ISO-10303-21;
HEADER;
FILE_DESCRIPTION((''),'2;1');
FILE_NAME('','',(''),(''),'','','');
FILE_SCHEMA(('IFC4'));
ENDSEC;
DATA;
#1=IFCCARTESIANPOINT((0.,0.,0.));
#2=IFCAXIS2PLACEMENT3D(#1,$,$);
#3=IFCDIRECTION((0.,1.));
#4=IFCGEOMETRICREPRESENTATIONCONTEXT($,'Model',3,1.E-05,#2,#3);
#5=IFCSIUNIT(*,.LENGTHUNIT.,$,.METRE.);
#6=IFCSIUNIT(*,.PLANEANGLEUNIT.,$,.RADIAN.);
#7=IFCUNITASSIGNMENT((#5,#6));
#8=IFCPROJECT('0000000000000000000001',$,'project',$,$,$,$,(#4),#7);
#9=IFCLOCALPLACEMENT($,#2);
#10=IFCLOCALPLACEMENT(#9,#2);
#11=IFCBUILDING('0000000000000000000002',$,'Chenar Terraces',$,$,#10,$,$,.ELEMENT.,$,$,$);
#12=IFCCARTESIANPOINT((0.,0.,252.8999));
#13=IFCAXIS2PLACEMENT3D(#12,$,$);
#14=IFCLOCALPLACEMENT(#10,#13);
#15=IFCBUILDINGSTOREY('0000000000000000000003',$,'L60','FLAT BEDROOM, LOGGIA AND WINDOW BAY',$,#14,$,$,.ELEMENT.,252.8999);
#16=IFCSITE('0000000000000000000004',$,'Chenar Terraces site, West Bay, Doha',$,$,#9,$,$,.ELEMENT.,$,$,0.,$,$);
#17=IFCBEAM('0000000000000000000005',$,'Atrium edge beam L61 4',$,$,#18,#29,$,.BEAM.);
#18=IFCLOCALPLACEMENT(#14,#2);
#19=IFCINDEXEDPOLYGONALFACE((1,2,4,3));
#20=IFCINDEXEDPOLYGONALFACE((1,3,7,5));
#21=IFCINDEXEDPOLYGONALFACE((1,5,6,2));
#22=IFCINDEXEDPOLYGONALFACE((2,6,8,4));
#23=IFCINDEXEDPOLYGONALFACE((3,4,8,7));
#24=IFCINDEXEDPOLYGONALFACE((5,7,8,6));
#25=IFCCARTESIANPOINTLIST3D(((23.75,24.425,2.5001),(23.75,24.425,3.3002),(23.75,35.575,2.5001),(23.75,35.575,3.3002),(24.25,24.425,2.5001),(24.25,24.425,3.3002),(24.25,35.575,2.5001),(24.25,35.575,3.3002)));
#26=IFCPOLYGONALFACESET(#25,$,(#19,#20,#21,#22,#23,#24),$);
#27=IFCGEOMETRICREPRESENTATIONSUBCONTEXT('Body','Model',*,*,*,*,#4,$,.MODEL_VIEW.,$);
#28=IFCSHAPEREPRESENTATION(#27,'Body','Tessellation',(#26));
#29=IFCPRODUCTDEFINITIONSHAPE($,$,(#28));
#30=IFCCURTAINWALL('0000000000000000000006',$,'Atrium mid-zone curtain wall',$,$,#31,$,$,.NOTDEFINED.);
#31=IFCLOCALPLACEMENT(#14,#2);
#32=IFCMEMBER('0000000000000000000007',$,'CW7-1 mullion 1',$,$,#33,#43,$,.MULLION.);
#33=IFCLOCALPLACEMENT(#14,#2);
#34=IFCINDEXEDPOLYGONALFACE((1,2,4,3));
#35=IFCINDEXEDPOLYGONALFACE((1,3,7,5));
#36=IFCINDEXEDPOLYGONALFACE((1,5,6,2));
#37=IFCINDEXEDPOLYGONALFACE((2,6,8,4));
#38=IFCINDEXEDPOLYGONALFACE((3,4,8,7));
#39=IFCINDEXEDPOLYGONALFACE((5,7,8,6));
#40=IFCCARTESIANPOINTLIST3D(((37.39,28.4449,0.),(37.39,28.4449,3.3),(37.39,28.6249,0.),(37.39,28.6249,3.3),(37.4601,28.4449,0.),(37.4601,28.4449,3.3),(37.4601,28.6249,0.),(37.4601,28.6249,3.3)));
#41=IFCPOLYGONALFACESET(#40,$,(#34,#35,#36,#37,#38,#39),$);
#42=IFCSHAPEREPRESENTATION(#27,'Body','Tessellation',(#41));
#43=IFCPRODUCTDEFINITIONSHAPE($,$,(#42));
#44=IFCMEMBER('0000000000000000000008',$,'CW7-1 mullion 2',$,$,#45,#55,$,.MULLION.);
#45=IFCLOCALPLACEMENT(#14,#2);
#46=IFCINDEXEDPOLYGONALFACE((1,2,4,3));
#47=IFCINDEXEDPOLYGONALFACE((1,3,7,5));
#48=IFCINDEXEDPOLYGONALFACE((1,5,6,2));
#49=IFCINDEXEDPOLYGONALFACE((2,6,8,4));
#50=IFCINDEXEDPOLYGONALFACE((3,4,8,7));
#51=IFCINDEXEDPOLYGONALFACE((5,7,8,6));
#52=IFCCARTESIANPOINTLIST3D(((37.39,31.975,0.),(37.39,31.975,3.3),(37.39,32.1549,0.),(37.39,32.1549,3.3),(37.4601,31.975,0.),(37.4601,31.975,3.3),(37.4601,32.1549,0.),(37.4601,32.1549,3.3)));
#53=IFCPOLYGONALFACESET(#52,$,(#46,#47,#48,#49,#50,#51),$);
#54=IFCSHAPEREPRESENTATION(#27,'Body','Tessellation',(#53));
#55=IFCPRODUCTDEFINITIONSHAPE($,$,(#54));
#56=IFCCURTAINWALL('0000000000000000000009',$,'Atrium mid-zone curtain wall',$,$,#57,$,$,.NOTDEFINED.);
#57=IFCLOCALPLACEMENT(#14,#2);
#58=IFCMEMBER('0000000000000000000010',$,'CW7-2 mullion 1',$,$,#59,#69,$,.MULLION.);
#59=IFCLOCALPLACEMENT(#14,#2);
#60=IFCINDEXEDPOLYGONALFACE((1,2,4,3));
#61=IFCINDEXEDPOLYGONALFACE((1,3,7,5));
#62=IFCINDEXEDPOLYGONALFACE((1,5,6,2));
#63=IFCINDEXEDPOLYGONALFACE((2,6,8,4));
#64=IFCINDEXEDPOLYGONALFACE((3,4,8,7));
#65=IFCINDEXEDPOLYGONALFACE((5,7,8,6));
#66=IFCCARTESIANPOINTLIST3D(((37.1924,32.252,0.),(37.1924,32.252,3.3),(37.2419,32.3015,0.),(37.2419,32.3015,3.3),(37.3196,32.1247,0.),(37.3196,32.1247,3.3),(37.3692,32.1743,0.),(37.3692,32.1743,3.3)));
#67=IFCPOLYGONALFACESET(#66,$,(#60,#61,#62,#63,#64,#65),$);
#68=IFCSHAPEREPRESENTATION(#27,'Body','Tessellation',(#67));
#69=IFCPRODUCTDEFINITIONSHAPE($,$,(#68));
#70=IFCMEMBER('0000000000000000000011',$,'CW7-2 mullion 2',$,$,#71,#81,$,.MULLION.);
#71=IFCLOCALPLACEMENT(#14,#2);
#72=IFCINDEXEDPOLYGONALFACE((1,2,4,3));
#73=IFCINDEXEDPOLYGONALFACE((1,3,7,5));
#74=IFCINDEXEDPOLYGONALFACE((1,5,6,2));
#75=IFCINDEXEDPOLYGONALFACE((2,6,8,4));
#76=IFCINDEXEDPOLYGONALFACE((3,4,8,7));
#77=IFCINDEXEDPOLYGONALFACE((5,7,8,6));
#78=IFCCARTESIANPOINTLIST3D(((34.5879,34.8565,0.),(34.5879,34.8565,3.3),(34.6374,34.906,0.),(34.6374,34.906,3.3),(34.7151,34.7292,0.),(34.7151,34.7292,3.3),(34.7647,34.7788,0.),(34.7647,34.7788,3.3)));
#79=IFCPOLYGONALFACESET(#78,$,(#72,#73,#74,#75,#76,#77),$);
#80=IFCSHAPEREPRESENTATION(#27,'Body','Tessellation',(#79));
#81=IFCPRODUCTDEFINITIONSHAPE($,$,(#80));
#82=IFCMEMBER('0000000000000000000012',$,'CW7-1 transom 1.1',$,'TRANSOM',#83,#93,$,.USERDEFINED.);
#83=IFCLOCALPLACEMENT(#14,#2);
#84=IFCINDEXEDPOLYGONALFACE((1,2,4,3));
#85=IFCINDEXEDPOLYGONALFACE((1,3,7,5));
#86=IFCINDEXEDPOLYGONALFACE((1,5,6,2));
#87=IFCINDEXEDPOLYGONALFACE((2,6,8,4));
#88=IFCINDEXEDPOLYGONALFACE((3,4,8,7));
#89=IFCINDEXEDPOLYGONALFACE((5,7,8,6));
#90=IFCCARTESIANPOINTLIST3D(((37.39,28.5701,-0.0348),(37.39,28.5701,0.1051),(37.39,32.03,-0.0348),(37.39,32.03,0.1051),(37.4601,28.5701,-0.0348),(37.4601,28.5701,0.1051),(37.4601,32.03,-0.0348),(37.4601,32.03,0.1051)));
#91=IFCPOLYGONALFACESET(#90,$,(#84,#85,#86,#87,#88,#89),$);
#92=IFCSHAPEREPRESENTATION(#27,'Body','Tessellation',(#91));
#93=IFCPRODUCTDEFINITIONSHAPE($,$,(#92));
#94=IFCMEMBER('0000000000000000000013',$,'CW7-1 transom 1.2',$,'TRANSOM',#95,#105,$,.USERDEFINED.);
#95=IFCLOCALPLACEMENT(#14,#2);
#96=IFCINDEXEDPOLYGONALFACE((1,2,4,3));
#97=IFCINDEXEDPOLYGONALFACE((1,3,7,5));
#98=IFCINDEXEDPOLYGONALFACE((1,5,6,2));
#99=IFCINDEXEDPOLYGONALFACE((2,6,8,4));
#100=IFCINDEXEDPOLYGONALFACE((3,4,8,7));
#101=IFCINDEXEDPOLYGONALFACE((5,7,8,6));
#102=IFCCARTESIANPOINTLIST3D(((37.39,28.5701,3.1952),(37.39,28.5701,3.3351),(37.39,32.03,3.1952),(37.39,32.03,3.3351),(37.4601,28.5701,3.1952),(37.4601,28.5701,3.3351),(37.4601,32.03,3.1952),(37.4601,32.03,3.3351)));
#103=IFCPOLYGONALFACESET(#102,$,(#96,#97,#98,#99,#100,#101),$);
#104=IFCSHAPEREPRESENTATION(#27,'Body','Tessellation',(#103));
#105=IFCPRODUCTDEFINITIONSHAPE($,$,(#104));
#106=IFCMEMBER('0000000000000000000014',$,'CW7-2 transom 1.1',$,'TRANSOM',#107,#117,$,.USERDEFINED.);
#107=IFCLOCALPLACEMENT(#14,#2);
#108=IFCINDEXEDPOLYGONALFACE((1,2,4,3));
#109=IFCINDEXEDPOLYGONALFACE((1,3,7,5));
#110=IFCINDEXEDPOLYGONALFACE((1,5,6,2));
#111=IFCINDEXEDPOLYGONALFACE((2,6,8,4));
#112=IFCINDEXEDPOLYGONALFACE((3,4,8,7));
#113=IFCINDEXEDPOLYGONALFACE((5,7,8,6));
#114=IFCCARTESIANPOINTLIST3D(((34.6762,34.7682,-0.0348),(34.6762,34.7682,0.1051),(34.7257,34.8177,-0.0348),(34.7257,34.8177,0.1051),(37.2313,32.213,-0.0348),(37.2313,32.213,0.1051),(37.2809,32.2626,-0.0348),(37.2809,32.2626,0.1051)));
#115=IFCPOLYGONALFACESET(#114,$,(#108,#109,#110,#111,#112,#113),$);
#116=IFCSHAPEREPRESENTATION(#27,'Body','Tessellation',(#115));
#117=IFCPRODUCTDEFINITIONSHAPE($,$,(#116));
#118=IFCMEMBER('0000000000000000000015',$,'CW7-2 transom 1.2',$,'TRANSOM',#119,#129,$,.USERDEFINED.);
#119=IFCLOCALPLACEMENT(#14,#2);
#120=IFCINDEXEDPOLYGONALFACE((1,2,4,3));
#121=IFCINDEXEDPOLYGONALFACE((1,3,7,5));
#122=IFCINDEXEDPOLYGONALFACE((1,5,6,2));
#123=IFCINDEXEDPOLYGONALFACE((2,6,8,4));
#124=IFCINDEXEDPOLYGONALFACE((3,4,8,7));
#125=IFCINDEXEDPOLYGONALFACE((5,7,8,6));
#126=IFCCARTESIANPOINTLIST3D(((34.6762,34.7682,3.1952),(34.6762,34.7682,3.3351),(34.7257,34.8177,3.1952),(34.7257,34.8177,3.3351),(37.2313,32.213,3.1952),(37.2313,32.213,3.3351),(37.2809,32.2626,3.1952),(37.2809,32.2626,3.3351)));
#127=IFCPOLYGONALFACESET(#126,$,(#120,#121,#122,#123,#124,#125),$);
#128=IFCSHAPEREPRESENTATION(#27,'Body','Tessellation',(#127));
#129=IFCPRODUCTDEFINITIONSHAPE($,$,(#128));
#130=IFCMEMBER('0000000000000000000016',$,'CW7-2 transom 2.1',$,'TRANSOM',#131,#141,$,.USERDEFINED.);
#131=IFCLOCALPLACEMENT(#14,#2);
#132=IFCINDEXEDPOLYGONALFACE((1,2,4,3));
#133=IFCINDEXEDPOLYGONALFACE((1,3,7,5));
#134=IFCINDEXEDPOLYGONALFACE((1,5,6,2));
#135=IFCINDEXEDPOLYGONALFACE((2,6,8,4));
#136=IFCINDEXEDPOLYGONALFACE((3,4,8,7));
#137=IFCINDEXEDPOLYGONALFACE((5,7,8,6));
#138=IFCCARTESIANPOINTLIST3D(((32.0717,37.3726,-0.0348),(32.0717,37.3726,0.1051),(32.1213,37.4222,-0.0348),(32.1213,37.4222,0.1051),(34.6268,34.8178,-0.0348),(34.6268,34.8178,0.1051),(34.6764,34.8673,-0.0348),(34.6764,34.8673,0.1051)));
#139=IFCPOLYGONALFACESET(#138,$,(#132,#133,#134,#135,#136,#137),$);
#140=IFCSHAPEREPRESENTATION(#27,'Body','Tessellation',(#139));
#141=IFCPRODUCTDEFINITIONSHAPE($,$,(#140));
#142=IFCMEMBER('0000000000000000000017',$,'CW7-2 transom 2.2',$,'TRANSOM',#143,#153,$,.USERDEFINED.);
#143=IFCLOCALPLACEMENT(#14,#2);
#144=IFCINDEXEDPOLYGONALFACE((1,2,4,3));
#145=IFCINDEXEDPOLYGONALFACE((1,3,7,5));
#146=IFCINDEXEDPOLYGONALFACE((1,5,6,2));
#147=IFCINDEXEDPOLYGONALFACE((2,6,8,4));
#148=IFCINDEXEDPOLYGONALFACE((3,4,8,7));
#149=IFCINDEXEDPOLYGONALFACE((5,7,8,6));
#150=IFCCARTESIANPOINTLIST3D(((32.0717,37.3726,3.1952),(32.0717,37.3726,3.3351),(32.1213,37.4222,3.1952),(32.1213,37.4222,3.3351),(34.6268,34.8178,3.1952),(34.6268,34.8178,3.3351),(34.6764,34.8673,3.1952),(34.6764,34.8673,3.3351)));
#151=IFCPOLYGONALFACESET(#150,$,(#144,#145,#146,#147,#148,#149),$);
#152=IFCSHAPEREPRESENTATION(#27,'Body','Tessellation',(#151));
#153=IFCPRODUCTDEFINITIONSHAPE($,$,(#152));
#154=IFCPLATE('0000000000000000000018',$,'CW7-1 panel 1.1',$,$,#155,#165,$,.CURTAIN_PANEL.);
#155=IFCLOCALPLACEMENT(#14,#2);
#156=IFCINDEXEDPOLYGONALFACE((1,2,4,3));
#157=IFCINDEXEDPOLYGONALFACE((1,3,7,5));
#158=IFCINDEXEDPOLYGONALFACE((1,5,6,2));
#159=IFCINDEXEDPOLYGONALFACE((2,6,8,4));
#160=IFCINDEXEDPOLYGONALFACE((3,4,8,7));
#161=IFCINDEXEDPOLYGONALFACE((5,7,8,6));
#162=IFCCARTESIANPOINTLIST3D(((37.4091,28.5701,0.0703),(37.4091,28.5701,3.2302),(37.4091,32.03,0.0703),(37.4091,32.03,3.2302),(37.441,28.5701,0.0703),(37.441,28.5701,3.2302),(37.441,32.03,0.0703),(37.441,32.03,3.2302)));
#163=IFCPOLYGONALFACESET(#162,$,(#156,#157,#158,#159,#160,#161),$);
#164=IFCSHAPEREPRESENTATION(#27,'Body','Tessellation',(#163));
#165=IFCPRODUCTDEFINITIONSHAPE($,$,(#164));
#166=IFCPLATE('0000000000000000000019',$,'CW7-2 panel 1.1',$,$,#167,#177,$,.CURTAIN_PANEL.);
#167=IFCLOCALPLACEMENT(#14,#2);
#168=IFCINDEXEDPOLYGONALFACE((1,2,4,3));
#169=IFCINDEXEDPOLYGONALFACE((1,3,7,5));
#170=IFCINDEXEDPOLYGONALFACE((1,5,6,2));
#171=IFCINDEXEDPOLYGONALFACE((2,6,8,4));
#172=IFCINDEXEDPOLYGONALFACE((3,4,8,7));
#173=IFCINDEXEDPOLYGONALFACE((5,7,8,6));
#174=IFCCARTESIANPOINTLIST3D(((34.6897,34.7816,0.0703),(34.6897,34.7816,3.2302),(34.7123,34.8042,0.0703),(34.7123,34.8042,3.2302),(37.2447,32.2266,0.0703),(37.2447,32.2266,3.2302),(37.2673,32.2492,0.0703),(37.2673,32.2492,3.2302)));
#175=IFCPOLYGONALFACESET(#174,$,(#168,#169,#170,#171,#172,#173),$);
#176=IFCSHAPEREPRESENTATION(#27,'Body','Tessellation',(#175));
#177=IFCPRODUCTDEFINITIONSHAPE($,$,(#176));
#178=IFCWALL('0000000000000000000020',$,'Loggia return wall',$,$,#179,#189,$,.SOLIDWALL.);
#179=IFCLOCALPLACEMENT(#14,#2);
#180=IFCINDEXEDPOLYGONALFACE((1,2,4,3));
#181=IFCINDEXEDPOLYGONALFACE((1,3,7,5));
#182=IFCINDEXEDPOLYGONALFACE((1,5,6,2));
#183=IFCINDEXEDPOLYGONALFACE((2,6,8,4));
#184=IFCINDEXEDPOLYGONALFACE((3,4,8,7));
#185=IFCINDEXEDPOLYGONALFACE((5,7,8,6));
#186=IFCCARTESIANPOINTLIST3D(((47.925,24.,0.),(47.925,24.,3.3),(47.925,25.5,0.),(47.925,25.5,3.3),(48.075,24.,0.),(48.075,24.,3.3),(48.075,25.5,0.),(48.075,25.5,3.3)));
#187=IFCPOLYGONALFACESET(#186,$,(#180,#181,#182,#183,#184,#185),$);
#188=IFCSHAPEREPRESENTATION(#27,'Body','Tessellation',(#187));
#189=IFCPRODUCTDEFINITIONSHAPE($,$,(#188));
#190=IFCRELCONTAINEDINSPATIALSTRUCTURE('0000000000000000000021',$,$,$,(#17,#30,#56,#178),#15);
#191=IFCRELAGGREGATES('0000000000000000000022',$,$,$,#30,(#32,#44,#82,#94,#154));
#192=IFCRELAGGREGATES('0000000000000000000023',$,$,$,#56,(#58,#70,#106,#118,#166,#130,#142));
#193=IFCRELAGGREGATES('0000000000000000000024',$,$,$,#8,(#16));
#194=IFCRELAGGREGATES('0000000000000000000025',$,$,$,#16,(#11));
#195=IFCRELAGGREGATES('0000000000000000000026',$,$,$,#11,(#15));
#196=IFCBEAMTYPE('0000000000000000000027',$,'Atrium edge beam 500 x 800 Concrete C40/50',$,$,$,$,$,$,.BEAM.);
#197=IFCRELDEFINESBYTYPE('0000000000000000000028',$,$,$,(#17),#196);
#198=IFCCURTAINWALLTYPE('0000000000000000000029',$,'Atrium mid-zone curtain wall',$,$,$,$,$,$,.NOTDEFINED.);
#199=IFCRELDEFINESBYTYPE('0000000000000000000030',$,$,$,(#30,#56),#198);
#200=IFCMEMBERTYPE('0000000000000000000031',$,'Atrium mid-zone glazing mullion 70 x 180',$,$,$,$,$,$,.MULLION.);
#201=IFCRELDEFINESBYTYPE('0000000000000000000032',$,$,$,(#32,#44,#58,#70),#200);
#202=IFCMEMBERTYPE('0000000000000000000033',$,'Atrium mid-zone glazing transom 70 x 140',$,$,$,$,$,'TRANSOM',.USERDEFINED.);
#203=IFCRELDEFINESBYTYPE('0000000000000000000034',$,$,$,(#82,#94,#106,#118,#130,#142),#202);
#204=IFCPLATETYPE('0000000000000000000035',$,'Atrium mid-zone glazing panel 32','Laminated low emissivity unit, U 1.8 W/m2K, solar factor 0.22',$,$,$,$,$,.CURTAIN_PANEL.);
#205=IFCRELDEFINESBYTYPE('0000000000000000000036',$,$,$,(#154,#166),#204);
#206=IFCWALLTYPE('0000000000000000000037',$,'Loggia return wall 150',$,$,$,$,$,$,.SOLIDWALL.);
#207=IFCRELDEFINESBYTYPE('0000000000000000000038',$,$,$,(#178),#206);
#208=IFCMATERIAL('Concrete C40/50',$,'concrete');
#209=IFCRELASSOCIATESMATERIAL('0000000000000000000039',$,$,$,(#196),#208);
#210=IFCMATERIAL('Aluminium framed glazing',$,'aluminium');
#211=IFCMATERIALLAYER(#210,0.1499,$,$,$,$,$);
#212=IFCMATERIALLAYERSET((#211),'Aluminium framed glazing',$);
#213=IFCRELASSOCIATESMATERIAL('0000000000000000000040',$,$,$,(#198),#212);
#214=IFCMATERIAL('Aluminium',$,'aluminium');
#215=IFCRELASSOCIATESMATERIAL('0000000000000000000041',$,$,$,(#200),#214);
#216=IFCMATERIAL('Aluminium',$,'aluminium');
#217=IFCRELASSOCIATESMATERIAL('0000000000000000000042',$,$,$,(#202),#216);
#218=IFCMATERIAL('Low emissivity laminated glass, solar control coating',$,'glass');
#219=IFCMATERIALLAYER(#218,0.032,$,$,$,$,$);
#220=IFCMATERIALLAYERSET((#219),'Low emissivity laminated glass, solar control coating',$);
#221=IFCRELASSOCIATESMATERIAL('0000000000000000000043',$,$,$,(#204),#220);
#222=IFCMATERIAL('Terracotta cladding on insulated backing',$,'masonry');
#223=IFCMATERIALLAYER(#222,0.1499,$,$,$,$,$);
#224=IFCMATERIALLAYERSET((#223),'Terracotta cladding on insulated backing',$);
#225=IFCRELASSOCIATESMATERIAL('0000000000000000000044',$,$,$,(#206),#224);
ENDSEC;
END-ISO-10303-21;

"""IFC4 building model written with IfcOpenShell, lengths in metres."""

from ifc_helpers import new_model, si_unit, direction, frame, frame_2d, origin, origin_2d, place, context, subcontext, project, spatial, rectangle, extrude, material, layer, layer_set, material_profile, profile_set, type_object, element, aggregate, save


model = new_model("IFC4")

# Units and contexts
model_context = context("Model", 3, precision=1e-05, world=origin(), true_north=direction((0.0, 1.0)))
body_context = subcontext(model_context, "Body", "Model", "MODEL_VIEW")
ifc_project = project(units=[si_unit("LENGTHUNIT", "METRE"), si_unit("PLANEANGLEUNIT", "RADIAN")], contexts=[model_context])

# Site, building, storey
site_placement = place(None, origin())
site = spatial("IfcSite", under=ifc_project, at=site_placement, Name="Chenar Terraces site, West Bay, Doha", CompositionType="ELEMENT", RefElevation=0.0)
building_placement = place(site_placement, origin())
building = spatial("IfcBuilding", under=site, at=building_placement, Name="Chenar Terraces", CompositionType="ELEMENT")
storey_placement = place(building_placement, frame((0.0, 0.0, 252.8999)))
storey = spatial("IfcBuildingStorey", under=building, at=storey_placement, Name="L60", Description="FLAT BEDROOM, LOGGIA AND WINDOW BAY", CompositionType="ELEMENT", Elevation=252.8999)

# Beam
ifc_material_1 = material(Name="Concrete C40/50", Category="concrete")
ifc_material_profile_1 = material_profile(ifc_material_1, rectangle(XDim=0.5, YDim=0.8, at=origin_2d()), Name="RC 500 x 800")
ifc_profile_set_1 = profile_set([ifc_material_profile_1], Name="Concrete C40/50")
beam_type = type_object("IfcBeamType", Name="Atrium edge beam 500 x 800 Concrete C40/50", PredefinedType="BEAM", material=ifc_profile_set_1)
beam_placement = place(storey_placement, frame((24.0, 35.575, 2.9001), z_axis=(0.0, -1.0, 0.0), x_axis=(1.0, 0.0, 0.0)))
element("IfcBeam", 1, at=beam_placement, inside=storey, type_object=beam_type, Name="Atrium edge beam L61 4", PredefinedType="BEAM", context=body_context, shape_type="SweptSolid", body=[
    extrude(rectangle(XDim=0.5, YDim=0.8, at=origin_2d()), origin(), (0.0, 0.0, 1.0), 11.1499),
])

# Curtain walls, members
ifc_material_2 = material(Name="Aluminium framed glazing", Category="aluminium")
ifc_layer_1 = layer(ifc_material_2, 0.1499)
ifc_layer_set_1 = layer_set([ifc_layer_1], Name="Aluminium framed glazing")
curtain_wall_type = type_object("IfcCurtainWallType", Name="Atrium mid-zone curtain wall", PredefinedType="NOTDEFINED", material=ifc_layer_set_1)
placement = place(storey_placement, origin())
curtain_wall_1 = element("IfcCurtainWall", 2, at=placement, inside=storey, type_object=curtain_wall_type, Name="Atrium mid-zone curtain wall", PredefinedType="NOTDEFINED")
ifc_material_3 = material(Name="Aluminium", Category="aluminium")
ifc_material_profile_2 = material_profile(ifc_material_3, rectangle(XDim=0.0701, YDim=0.1799, at=origin_2d()), Name="Atrium mid-zone glazing mullion 70 x 180")
ifc_profile_set_2 = profile_set([ifc_material_profile_2], Name="Aluminium")
member_type_1 = type_object("IfcMemberType", Name="Atrium mid-zone glazing mullion 70 x 180", PredefinedType="MULLION", material=ifc_profile_set_2)
member_1_placement = place(storey_placement, frame((37.425, 28.5349, 0.0), z_axis=(0.0, 0.0, 1.0), x_axis=(-1.0, 0.0, 0.0)))
member_1 = element("IfcMember", 3, at=member_1_placement, type_object=member_type_1, Name="CW7-1 mullion 1", PredefinedType="MULLION", context=body_context, shape_type="SweptSolid", body=[
    extrude(rectangle(XDim=0.0701, YDim=0.1799, at=origin_2d()), origin(), (0.0, 0.0, 1.0), 3.3),
])
member_2_placement = place(storey_placement, frame((37.425, 32.0649, 0.0), z_axis=(0.0, 0.0, 1.0), x_axis=(-1.0, 0.0, 0.0)))
member_2 = element("IfcMember", 4, at=member_2_placement, type_object=member_type_1, Name="CW7-1 mullion 2", PredefinedType="MULLION", context=body_context, shape_type="SweptSolid", body=[
    extrude(rectangle(XDim=0.0701, YDim=0.1799, at=origin_2d()), origin(), (0.0, 0.0, 1.0), 3.3),
])
curtain_wall_2 = element("IfcCurtainWall", 5, at=placement, inside=storey, type_object=curtain_wall_type, Name="Atrium mid-zone curtain wall", PredefinedType="NOTDEFINED")
member_3_placement = place(storey_placement, frame((37.2808, 32.2131, 0.0), z_axis=(0.0, 0.0, 1.0), x_axis=(-0.707107, -0.707107, 0.0)))
member_3 = element("IfcMember", 6, at=member_3_placement, type_object=member_type_1, Name="CW7-2 mullion 1", PredefinedType="MULLION", context=body_context, shape_type="SweptSolid", body=[
    extrude(rectangle(XDim=0.0701, YDim=0.1799, at=origin_2d()), origin(), (0.0, 0.0, 1.0), 3.3),
])
member_4_placement = place(storey_placement, frame((34.6763, 34.8176, 0.0), z_axis=(0.0, 0.0, 1.0), x_axis=(-0.707107, -0.707107, 0.0)))
member_4 = element("IfcMember", 7, at=member_4_placement, type_object=member_type_1, Name="CW7-2 mullion 2", PredefinedType="MULLION", context=body_context, shape_type="SweptSolid", body=[
    extrude(rectangle(XDim=0.0701, YDim=0.1799, at=origin_2d()), origin(), (0.0, 0.0, 1.0), 3.3),
])

# Members
ifc_material_4 = material(Name="Aluminium", Category="aluminium")
ifc_material_profile_3 = material_profile(ifc_material_4, rectangle(XDim=0.0701, YDim=0.1399, at=origin_2d()), Name="Atrium mid-zone glazing transom 70 x 140")
ifc_profile_set_3 = profile_set([ifc_material_profile_3], Name="Aluminium")
member_type_2 = type_object("IfcMemberType", Name="Atrium mid-zone glazing transom 70 x 140", ElementType="TRANSOM", PredefinedType="USERDEFINED", material=ifc_profile_set_3)
member_5_placement = place(storey_placement, frame((37.425, 28.5701, 0.0352), z_axis=(0.0, 1.0, 0.0), x_axis=(-1.0, 0.0, 0.0)))
member_5 = element("IfcMember", 8, at=member_5_placement, type_object=member_type_2, Name="CW7-1 transom 1.1", ObjectType="TRANSOM", PredefinedType="USERDEFINED", context=body_context, shape_type="SweptSolid", body=[
    extrude(rectangle(XDim=0.0701, YDim=0.1399, at=origin_2d()), origin(), (0.0, 0.0, 1.0), 3.46),
])
member_6_placement = place(storey_placement, frame((37.425, 28.5701, 3.2651), z_axis=(0.0, 1.0, 0.0), x_axis=(-1.0, 0.0, 0.0)))
member_6 = element("IfcMember", 9, at=member_6_placement, type_object=member_type_2, Name="CW7-1 transom 1.2", ObjectType="TRANSOM", PredefinedType="USERDEFINED", context=body_context, shape_type="SweptSolid", body=[
    extrude(rectangle(XDim=0.0701, YDim=0.1399, at=origin_2d()), origin(), (0.0, 0.0, 1.0), 3.46),
])
member_7_placement = place(storey_placement, frame((37.2561, 32.2378, 0.0352), z_axis=(-0.707107, 0.707107, 0.0), x_axis=(-0.707107, -0.707107, 0.0)))
member_7 = element("IfcMember", 10, at=member_7_placement, type_object=member_type_2, Name="CW7-2 transom 1.1", ObjectType="TRANSOM", PredefinedType="USERDEFINED", context=body_context, shape_type="SweptSolid", body=[
    extrude(rectangle(XDim=0.0701, YDim=0.1399, at=origin_2d()), origin(), (0.0, 0.0, 1.0), 3.6135),
])
member_8_placement = place(storey_placement, frame((37.2561, 32.2378, 3.2651), z_axis=(-0.707107, 0.707107, 0.0), x_axis=(-0.707107, -0.707107, 0.0)))
member_8 = element("IfcMember", 11, at=member_8_placement, type_object=member_type_2, Name="CW7-2 transom 1.2", ObjectType="TRANSOM", PredefinedType="USERDEFINED", context=body_context, shape_type="SweptSolid", body=[
    extrude(rectangle(XDim=0.0701, YDim=0.1399, at=origin_2d()), origin(), (0.0, 0.0, 1.0), 3.6135),
])
member_9_placement = place(storey_placement, frame((34.6516, 34.8425, 0.0352), z_axis=(-0.707141, 0.707073, 0.0), x_axis=(-0.707073, -0.707141, 0.0)))
member_9 = element("IfcMember", 12, at=member_9_placement, type_object=member_type_2, Name="CW7-2 transom 2.1", ObjectType="TRANSOM", PredefinedType="USERDEFINED", context=body_context, shape_type="SweptSolid", body=[
    extrude(rectangle(XDim=0.0701, YDim=0.1399, at=origin_2d()), origin(), (0.0, 0.0, 1.0), 3.6133),
])
member_10_placement = place(storey_placement, frame((34.6516, 34.8425, 3.2651), z_axis=(-0.707141, 0.707073, 0.0), x_axis=(-0.707073, -0.707141, 0.0)))
member_10 = element("IfcMember", 13, at=member_10_placement, type_object=member_type_2, Name="CW7-2 transom 2.2", ObjectType="TRANSOM", PredefinedType="USERDEFINED", context=body_context, shape_type="SweptSolid", body=[
    extrude(rectangle(XDim=0.0701, YDim=0.1399, at=origin_2d()), origin(), (0.0, 0.0, 1.0), 3.6133),
])

# Plates
ifc_material_5 = material(Name="Low emissivity laminated glass, solar control coating", Category="glass")
ifc_layer_2 = layer(ifc_material_5, 0.032)
ifc_layer_set_2 = layer_set([ifc_layer_2], Name="Low emissivity laminated glass, solar control coating")
plate_type = type_object("IfcPlateType", Name="Atrium mid-zone glazing panel 32", Description="Laminated low emissivity unit, U 1.8 W/m2K, solar factor 0.22", PredefinedType="CURTAIN_PANEL", material=ifc_layer_set_2)
plate_1_placement = place(storey_placement, frame((37.425, 30.3, 0.0703), z_axis=(0.0, 0.0, 1.0), x_axis=(0.0, 1.0, 0.0)))
plate_1 = element("IfcPlate", 14, at=plate_1_placement, type_object=plate_type, Name="CW7-1 panel 1.1", PredefinedType="CURTAIN_PANEL", context=body_context, shape_type="SweptSolid", body=[
    extrude(rectangle(XDim=3.46, YDim=0.032, at=origin_2d()), origin(), (0.0, 0.0, 1.0), 3.1599),
])
aggregate(curtain_wall_1, [member_1, member_2, member_5, member_6, plate_1])
plate_2_placement = place(storey_placement, frame((35.9785, 33.5154, 0.0703), z_axis=(0.0, 0.0, 1.0), x_axis=(-0.707107, 0.707107, 0.0)))
plate_2 = element("IfcPlate", 15, at=plate_2_placement, type_object=plate_type, Name="CW7-2 panel 1.1", PredefinedType="CURTAIN_PANEL", context=body_context, shape_type="SweptSolid", body=[
    extrude(rectangle(XDim=3.6133, YDim=0.032, at=origin_2d()), origin(), (0.0, 0.0, 1.0), 3.1599),
])
aggregate(curtain_wall_2, [member_3, member_4, member_7, member_8, plate_2, member_9, member_10])

# Wall
ifc_material_6 = material(Name="Terracotta cladding on insulated backing", Category="masonry")
ifc_layer_3 = layer(ifc_material_6, 0.1499)
ifc_layer_set_3 = layer_set([ifc_layer_3], Name="Terracotta cladding on insulated backing")
wall_type = type_object("IfcWallType", Name="Loggia return wall 150", PredefinedType="SOLIDWALL", material=ifc_layer_set_3)
for number, where, z_axis, x_axis, name in (
    (16, (48.0, 25.5, 0.0), (0.0, 0.0, 1.0), (0.0, -1.0, 0.0), "Loggia return wall"),
):
    element("IfcWall", number, at=place(storey_placement, frame(where, z_axis=z_axis, x_axis=x_axis)), inside=storey, type_object=wall_type, Name=name, PredefinedType="SOLIDWALL", context=body_context, shape_type="SweptSolid", body=[
        extrude(rectangle(XDim=1.5, YDim=0.1499, at=frame_2d((0.75, 0.0))), origin(), (0.0, 0.0, 1.0), 3.3),
    ])

save(model, "model.ifc")
